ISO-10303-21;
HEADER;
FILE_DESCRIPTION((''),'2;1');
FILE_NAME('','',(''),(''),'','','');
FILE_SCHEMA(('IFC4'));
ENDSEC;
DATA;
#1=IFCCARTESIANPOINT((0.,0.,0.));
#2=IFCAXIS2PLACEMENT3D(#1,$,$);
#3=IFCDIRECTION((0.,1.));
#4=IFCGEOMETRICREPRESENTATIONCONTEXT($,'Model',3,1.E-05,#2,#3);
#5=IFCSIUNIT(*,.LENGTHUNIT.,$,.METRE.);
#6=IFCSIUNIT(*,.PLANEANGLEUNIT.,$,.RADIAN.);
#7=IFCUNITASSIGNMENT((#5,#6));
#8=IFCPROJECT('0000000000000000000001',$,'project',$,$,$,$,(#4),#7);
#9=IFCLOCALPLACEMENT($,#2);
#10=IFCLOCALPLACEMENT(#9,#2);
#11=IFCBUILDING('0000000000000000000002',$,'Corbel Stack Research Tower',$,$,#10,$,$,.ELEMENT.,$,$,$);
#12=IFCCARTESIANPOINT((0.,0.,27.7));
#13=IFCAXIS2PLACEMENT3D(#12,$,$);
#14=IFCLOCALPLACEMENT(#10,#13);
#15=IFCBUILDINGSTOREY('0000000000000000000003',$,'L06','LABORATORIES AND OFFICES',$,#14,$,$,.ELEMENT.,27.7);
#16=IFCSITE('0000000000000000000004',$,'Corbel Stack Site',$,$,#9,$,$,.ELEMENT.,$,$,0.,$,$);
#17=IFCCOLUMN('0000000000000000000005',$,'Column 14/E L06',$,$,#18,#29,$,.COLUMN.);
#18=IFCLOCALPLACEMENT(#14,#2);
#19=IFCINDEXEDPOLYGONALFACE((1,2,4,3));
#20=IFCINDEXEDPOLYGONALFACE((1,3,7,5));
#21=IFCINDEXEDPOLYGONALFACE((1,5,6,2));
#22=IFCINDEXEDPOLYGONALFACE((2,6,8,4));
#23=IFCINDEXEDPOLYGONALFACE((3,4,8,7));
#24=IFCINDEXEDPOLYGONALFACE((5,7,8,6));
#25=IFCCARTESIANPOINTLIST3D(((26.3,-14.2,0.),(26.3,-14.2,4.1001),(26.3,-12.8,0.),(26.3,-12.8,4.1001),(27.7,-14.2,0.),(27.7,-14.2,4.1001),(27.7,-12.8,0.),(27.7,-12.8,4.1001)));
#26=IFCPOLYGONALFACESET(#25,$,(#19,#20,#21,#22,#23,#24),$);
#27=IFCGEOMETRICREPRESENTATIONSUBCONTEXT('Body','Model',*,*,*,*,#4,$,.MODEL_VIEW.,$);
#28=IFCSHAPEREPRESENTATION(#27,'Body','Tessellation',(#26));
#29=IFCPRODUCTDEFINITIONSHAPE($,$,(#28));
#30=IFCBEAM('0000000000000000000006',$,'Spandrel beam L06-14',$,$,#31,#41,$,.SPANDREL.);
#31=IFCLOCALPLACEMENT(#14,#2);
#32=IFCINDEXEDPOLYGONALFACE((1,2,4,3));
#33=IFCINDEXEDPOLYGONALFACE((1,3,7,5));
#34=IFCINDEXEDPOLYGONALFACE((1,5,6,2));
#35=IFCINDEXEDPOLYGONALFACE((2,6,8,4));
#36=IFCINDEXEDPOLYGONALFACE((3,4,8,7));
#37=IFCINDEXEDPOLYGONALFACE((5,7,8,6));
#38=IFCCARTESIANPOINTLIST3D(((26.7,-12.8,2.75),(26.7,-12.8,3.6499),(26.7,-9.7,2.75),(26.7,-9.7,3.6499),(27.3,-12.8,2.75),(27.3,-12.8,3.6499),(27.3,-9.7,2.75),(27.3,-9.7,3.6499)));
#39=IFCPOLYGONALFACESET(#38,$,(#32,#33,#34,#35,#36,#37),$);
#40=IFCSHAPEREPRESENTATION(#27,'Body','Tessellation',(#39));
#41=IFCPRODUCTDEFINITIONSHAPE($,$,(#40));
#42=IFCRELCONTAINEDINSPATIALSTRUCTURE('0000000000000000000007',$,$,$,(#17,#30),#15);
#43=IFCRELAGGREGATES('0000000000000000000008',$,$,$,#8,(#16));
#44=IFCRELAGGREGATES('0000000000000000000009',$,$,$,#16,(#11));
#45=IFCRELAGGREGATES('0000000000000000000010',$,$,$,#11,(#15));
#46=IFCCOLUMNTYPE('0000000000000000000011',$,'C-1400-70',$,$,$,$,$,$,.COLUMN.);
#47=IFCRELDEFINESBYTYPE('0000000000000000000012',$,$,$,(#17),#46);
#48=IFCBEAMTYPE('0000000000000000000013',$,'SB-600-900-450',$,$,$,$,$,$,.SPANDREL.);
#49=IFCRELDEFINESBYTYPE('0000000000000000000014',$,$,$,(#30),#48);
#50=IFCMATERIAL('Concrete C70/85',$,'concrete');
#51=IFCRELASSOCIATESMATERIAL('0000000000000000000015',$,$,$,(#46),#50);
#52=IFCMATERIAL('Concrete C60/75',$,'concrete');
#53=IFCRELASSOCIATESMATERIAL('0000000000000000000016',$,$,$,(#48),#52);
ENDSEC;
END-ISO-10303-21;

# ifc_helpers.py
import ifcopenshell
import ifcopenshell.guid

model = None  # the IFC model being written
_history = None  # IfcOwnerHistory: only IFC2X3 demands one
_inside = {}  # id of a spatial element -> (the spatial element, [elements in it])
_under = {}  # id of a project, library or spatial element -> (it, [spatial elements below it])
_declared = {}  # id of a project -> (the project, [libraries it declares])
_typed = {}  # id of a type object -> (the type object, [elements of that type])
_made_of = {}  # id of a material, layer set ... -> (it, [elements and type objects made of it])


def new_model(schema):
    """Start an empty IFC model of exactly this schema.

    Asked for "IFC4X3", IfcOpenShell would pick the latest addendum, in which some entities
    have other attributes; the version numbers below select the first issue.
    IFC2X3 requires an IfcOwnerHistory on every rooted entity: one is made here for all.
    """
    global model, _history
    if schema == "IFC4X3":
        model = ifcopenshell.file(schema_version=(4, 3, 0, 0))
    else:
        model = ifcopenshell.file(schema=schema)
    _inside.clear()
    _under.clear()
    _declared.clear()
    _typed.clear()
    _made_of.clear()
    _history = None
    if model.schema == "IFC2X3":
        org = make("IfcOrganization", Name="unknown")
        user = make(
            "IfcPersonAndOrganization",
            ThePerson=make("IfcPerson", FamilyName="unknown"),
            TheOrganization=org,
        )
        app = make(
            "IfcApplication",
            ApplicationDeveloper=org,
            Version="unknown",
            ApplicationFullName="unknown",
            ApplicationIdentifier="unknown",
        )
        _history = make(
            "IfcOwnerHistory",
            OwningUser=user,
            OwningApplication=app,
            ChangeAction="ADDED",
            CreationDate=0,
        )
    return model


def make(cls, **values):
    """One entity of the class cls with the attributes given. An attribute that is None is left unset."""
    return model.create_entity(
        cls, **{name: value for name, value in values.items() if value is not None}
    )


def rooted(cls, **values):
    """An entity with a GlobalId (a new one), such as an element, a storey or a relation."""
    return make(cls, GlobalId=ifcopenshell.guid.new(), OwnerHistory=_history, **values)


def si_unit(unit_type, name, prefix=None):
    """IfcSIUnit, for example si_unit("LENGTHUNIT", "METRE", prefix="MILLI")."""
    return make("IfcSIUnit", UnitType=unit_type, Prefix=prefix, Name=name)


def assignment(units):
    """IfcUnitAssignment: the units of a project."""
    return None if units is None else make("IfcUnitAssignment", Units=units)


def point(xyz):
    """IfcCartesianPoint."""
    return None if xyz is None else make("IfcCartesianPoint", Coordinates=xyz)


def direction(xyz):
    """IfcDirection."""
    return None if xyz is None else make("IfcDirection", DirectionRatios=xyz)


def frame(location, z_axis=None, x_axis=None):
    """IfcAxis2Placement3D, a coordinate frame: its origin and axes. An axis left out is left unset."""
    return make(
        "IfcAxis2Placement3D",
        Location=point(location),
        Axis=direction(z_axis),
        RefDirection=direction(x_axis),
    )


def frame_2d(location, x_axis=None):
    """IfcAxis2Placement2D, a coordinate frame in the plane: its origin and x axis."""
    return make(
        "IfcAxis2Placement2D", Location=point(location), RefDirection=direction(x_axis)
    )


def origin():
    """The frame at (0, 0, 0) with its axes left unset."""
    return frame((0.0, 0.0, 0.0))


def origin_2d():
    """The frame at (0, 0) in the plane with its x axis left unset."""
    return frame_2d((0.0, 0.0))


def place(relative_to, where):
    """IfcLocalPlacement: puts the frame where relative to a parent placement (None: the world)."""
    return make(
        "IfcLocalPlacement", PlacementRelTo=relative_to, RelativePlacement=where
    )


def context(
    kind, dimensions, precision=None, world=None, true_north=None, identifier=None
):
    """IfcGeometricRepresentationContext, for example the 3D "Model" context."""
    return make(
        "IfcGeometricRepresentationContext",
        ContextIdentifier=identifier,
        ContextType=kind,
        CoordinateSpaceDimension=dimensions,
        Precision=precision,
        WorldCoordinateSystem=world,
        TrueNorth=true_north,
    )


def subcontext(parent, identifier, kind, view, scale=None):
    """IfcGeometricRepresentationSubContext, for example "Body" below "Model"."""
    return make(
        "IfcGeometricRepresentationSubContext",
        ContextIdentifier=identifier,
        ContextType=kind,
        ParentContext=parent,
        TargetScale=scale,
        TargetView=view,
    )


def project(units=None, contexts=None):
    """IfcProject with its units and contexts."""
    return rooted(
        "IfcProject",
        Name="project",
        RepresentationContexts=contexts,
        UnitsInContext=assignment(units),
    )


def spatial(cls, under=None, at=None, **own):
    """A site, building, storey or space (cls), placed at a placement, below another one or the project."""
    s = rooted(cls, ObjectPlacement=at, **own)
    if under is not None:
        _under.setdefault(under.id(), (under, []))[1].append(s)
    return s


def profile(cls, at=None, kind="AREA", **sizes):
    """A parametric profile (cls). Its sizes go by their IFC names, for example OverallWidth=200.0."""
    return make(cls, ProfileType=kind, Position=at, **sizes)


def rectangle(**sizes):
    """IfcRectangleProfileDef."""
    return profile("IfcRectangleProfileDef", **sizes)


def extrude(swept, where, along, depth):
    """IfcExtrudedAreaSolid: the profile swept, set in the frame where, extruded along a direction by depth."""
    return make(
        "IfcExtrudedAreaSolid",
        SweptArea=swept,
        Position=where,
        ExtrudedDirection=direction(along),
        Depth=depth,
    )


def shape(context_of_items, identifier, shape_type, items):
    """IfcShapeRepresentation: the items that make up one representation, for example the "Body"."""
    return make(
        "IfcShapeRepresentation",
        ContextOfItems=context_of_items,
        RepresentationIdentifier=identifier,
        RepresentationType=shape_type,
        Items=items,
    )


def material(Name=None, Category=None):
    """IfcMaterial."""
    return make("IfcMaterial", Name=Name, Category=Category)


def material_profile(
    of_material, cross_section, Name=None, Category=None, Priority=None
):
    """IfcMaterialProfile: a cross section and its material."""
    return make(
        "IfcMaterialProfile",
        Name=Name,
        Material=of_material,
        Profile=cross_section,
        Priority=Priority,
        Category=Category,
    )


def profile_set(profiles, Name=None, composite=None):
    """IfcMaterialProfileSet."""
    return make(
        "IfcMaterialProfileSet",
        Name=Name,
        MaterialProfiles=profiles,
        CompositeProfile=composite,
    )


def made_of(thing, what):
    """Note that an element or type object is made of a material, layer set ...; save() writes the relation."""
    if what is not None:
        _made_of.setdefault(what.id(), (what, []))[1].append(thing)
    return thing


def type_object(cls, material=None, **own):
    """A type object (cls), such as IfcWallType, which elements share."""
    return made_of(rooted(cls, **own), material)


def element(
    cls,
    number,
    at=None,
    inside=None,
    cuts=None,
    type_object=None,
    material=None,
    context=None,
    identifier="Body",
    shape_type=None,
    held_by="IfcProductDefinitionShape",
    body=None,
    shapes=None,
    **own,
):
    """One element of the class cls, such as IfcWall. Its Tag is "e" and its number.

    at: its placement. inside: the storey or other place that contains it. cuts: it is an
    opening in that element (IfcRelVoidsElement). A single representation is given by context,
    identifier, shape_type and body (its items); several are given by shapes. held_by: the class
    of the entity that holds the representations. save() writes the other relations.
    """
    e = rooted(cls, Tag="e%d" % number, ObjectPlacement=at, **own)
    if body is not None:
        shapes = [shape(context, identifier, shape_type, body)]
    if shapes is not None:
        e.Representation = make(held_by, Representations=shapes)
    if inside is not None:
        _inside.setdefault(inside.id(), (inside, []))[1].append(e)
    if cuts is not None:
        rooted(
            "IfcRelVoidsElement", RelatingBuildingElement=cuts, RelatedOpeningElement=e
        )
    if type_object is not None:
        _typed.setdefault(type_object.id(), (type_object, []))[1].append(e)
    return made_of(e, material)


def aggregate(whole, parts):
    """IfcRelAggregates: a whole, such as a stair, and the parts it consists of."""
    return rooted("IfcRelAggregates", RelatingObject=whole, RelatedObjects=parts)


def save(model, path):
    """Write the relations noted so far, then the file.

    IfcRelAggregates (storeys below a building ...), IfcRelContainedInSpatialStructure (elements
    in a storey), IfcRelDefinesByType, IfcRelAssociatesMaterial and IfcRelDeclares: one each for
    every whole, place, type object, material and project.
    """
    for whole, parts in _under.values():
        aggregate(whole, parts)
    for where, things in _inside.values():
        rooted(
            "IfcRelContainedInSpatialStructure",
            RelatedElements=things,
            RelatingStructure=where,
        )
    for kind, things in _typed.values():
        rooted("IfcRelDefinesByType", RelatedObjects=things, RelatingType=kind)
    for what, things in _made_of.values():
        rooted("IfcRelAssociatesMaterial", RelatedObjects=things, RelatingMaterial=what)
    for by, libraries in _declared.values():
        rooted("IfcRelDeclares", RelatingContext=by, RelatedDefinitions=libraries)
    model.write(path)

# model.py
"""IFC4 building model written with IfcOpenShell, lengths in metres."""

from ifc_helpers import new_model, si_unit, direction, frame, origin, origin_2d, place, context, subcontext, project, spatial, rectangle, extrude, material, material_profile, profile_set, type_object, element, save


model = new_model("IFC4")

# Units and contexts
model_context = context("Model", 3, precision=1e-05, world=origin(), true_north=direction((0.0, 1.0)))
body_context = subcontext(model_context, "Body", "Model", "MODEL_VIEW")
ifc_project = project(units=[si_unit("LENGTHUNIT", "METRE"), si_unit("PLANEANGLEUNIT", "RADIAN")], contexts=[model_context])

# Site, building, storey
site_placement = place(None, origin())
site = spatial("IfcSite", under=ifc_project, at=site_placement, Name="Corbel Stack Site", CompositionType="ELEMENT", RefElevation=0.0)
building_placement = place(site_placement, origin())
building = spatial("IfcBuilding", under=site, at=building_placement, Name="Corbel Stack Research Tower", CompositionType="ELEMENT")
storey_placement = place(building_placement, frame((0.0, 0.0, 27.7)))
storey = spatial("IfcBuildingStorey", under=building, at=storey_placement, Name="L06", Description="LABORATORIES AND OFFICES", CompositionType="ELEMENT", Elevation=27.7)

# Column
ifc_material_1 = material(Name="Concrete C70/85", Category="concrete")
ifc_material_profile_1 = material_profile(ifc_material_1, rectangle(XDim=1.3999, YDim=1.3999, at=origin_2d()), Name="RC 1400 x 1400")
ifc_profile_set_1 = profile_set([ifc_material_profile_1], Name="Concrete C70/85")
column_type = type_object("IfcColumnType", Name="C-1400-70", PredefinedType="COLUMN", material=ifc_profile_set_1)
column_placement = place(storey_placement, frame((27.0, -13.5, 0.0), z_axis=(0.0, 0.0, 1.0), x_axis=(1.0, 0.0, 0.0)))
element("IfcColumn", 1, at=column_placement, inside=storey, type_object=column_type, Name="Column 14/E L06", PredefinedType="COLUMN", context=body_context, shape_type="SweptSolid", body=[
    extrude(rectangle(XDim=1.3999, YDim=1.3999, at=origin_2d()), origin(), (0.0, 0.0, 1.0), 4.1001),
])

# Beam
ifc_material_2 = material(Name="Concrete C60/75", Category="concrete")
ifc_material_profile_2 = material_profile(ifc_material_2, rectangle(XDim=0.6001, YDim=0.8999, at=origin_2d()), Name="RC 600 x 900")
ifc_profile_set_2 = profile_set([ifc_material_profile_2], Name="Concrete C60/75")
beam_type = type_object("IfcBeamType", Name="SB-600-900-450", PredefinedType="SPANDREL", material=ifc_profile_set_2)
beam_placement = place(storey_placement, frame((27.0, -12.8, 3.2), z_axis=(0.0, 1.0, 0.0), x_axis=(-1.0, 0.0, 0.0)))
element("IfcBeam", 2, at=beam_placement, inside=storey, type_object=beam_type, Name="Spandrel beam L06-14", PredefinedType="SPANDREL", context=body_context, shape_type="SweptSolid", body=[
    extrude(rectangle(XDim=0.6001, YDim=0.8999, at=origin_2d()), origin(), (0.0, 0.0, 1.0), 3.1001),
])

save(model, "model.ifc")
